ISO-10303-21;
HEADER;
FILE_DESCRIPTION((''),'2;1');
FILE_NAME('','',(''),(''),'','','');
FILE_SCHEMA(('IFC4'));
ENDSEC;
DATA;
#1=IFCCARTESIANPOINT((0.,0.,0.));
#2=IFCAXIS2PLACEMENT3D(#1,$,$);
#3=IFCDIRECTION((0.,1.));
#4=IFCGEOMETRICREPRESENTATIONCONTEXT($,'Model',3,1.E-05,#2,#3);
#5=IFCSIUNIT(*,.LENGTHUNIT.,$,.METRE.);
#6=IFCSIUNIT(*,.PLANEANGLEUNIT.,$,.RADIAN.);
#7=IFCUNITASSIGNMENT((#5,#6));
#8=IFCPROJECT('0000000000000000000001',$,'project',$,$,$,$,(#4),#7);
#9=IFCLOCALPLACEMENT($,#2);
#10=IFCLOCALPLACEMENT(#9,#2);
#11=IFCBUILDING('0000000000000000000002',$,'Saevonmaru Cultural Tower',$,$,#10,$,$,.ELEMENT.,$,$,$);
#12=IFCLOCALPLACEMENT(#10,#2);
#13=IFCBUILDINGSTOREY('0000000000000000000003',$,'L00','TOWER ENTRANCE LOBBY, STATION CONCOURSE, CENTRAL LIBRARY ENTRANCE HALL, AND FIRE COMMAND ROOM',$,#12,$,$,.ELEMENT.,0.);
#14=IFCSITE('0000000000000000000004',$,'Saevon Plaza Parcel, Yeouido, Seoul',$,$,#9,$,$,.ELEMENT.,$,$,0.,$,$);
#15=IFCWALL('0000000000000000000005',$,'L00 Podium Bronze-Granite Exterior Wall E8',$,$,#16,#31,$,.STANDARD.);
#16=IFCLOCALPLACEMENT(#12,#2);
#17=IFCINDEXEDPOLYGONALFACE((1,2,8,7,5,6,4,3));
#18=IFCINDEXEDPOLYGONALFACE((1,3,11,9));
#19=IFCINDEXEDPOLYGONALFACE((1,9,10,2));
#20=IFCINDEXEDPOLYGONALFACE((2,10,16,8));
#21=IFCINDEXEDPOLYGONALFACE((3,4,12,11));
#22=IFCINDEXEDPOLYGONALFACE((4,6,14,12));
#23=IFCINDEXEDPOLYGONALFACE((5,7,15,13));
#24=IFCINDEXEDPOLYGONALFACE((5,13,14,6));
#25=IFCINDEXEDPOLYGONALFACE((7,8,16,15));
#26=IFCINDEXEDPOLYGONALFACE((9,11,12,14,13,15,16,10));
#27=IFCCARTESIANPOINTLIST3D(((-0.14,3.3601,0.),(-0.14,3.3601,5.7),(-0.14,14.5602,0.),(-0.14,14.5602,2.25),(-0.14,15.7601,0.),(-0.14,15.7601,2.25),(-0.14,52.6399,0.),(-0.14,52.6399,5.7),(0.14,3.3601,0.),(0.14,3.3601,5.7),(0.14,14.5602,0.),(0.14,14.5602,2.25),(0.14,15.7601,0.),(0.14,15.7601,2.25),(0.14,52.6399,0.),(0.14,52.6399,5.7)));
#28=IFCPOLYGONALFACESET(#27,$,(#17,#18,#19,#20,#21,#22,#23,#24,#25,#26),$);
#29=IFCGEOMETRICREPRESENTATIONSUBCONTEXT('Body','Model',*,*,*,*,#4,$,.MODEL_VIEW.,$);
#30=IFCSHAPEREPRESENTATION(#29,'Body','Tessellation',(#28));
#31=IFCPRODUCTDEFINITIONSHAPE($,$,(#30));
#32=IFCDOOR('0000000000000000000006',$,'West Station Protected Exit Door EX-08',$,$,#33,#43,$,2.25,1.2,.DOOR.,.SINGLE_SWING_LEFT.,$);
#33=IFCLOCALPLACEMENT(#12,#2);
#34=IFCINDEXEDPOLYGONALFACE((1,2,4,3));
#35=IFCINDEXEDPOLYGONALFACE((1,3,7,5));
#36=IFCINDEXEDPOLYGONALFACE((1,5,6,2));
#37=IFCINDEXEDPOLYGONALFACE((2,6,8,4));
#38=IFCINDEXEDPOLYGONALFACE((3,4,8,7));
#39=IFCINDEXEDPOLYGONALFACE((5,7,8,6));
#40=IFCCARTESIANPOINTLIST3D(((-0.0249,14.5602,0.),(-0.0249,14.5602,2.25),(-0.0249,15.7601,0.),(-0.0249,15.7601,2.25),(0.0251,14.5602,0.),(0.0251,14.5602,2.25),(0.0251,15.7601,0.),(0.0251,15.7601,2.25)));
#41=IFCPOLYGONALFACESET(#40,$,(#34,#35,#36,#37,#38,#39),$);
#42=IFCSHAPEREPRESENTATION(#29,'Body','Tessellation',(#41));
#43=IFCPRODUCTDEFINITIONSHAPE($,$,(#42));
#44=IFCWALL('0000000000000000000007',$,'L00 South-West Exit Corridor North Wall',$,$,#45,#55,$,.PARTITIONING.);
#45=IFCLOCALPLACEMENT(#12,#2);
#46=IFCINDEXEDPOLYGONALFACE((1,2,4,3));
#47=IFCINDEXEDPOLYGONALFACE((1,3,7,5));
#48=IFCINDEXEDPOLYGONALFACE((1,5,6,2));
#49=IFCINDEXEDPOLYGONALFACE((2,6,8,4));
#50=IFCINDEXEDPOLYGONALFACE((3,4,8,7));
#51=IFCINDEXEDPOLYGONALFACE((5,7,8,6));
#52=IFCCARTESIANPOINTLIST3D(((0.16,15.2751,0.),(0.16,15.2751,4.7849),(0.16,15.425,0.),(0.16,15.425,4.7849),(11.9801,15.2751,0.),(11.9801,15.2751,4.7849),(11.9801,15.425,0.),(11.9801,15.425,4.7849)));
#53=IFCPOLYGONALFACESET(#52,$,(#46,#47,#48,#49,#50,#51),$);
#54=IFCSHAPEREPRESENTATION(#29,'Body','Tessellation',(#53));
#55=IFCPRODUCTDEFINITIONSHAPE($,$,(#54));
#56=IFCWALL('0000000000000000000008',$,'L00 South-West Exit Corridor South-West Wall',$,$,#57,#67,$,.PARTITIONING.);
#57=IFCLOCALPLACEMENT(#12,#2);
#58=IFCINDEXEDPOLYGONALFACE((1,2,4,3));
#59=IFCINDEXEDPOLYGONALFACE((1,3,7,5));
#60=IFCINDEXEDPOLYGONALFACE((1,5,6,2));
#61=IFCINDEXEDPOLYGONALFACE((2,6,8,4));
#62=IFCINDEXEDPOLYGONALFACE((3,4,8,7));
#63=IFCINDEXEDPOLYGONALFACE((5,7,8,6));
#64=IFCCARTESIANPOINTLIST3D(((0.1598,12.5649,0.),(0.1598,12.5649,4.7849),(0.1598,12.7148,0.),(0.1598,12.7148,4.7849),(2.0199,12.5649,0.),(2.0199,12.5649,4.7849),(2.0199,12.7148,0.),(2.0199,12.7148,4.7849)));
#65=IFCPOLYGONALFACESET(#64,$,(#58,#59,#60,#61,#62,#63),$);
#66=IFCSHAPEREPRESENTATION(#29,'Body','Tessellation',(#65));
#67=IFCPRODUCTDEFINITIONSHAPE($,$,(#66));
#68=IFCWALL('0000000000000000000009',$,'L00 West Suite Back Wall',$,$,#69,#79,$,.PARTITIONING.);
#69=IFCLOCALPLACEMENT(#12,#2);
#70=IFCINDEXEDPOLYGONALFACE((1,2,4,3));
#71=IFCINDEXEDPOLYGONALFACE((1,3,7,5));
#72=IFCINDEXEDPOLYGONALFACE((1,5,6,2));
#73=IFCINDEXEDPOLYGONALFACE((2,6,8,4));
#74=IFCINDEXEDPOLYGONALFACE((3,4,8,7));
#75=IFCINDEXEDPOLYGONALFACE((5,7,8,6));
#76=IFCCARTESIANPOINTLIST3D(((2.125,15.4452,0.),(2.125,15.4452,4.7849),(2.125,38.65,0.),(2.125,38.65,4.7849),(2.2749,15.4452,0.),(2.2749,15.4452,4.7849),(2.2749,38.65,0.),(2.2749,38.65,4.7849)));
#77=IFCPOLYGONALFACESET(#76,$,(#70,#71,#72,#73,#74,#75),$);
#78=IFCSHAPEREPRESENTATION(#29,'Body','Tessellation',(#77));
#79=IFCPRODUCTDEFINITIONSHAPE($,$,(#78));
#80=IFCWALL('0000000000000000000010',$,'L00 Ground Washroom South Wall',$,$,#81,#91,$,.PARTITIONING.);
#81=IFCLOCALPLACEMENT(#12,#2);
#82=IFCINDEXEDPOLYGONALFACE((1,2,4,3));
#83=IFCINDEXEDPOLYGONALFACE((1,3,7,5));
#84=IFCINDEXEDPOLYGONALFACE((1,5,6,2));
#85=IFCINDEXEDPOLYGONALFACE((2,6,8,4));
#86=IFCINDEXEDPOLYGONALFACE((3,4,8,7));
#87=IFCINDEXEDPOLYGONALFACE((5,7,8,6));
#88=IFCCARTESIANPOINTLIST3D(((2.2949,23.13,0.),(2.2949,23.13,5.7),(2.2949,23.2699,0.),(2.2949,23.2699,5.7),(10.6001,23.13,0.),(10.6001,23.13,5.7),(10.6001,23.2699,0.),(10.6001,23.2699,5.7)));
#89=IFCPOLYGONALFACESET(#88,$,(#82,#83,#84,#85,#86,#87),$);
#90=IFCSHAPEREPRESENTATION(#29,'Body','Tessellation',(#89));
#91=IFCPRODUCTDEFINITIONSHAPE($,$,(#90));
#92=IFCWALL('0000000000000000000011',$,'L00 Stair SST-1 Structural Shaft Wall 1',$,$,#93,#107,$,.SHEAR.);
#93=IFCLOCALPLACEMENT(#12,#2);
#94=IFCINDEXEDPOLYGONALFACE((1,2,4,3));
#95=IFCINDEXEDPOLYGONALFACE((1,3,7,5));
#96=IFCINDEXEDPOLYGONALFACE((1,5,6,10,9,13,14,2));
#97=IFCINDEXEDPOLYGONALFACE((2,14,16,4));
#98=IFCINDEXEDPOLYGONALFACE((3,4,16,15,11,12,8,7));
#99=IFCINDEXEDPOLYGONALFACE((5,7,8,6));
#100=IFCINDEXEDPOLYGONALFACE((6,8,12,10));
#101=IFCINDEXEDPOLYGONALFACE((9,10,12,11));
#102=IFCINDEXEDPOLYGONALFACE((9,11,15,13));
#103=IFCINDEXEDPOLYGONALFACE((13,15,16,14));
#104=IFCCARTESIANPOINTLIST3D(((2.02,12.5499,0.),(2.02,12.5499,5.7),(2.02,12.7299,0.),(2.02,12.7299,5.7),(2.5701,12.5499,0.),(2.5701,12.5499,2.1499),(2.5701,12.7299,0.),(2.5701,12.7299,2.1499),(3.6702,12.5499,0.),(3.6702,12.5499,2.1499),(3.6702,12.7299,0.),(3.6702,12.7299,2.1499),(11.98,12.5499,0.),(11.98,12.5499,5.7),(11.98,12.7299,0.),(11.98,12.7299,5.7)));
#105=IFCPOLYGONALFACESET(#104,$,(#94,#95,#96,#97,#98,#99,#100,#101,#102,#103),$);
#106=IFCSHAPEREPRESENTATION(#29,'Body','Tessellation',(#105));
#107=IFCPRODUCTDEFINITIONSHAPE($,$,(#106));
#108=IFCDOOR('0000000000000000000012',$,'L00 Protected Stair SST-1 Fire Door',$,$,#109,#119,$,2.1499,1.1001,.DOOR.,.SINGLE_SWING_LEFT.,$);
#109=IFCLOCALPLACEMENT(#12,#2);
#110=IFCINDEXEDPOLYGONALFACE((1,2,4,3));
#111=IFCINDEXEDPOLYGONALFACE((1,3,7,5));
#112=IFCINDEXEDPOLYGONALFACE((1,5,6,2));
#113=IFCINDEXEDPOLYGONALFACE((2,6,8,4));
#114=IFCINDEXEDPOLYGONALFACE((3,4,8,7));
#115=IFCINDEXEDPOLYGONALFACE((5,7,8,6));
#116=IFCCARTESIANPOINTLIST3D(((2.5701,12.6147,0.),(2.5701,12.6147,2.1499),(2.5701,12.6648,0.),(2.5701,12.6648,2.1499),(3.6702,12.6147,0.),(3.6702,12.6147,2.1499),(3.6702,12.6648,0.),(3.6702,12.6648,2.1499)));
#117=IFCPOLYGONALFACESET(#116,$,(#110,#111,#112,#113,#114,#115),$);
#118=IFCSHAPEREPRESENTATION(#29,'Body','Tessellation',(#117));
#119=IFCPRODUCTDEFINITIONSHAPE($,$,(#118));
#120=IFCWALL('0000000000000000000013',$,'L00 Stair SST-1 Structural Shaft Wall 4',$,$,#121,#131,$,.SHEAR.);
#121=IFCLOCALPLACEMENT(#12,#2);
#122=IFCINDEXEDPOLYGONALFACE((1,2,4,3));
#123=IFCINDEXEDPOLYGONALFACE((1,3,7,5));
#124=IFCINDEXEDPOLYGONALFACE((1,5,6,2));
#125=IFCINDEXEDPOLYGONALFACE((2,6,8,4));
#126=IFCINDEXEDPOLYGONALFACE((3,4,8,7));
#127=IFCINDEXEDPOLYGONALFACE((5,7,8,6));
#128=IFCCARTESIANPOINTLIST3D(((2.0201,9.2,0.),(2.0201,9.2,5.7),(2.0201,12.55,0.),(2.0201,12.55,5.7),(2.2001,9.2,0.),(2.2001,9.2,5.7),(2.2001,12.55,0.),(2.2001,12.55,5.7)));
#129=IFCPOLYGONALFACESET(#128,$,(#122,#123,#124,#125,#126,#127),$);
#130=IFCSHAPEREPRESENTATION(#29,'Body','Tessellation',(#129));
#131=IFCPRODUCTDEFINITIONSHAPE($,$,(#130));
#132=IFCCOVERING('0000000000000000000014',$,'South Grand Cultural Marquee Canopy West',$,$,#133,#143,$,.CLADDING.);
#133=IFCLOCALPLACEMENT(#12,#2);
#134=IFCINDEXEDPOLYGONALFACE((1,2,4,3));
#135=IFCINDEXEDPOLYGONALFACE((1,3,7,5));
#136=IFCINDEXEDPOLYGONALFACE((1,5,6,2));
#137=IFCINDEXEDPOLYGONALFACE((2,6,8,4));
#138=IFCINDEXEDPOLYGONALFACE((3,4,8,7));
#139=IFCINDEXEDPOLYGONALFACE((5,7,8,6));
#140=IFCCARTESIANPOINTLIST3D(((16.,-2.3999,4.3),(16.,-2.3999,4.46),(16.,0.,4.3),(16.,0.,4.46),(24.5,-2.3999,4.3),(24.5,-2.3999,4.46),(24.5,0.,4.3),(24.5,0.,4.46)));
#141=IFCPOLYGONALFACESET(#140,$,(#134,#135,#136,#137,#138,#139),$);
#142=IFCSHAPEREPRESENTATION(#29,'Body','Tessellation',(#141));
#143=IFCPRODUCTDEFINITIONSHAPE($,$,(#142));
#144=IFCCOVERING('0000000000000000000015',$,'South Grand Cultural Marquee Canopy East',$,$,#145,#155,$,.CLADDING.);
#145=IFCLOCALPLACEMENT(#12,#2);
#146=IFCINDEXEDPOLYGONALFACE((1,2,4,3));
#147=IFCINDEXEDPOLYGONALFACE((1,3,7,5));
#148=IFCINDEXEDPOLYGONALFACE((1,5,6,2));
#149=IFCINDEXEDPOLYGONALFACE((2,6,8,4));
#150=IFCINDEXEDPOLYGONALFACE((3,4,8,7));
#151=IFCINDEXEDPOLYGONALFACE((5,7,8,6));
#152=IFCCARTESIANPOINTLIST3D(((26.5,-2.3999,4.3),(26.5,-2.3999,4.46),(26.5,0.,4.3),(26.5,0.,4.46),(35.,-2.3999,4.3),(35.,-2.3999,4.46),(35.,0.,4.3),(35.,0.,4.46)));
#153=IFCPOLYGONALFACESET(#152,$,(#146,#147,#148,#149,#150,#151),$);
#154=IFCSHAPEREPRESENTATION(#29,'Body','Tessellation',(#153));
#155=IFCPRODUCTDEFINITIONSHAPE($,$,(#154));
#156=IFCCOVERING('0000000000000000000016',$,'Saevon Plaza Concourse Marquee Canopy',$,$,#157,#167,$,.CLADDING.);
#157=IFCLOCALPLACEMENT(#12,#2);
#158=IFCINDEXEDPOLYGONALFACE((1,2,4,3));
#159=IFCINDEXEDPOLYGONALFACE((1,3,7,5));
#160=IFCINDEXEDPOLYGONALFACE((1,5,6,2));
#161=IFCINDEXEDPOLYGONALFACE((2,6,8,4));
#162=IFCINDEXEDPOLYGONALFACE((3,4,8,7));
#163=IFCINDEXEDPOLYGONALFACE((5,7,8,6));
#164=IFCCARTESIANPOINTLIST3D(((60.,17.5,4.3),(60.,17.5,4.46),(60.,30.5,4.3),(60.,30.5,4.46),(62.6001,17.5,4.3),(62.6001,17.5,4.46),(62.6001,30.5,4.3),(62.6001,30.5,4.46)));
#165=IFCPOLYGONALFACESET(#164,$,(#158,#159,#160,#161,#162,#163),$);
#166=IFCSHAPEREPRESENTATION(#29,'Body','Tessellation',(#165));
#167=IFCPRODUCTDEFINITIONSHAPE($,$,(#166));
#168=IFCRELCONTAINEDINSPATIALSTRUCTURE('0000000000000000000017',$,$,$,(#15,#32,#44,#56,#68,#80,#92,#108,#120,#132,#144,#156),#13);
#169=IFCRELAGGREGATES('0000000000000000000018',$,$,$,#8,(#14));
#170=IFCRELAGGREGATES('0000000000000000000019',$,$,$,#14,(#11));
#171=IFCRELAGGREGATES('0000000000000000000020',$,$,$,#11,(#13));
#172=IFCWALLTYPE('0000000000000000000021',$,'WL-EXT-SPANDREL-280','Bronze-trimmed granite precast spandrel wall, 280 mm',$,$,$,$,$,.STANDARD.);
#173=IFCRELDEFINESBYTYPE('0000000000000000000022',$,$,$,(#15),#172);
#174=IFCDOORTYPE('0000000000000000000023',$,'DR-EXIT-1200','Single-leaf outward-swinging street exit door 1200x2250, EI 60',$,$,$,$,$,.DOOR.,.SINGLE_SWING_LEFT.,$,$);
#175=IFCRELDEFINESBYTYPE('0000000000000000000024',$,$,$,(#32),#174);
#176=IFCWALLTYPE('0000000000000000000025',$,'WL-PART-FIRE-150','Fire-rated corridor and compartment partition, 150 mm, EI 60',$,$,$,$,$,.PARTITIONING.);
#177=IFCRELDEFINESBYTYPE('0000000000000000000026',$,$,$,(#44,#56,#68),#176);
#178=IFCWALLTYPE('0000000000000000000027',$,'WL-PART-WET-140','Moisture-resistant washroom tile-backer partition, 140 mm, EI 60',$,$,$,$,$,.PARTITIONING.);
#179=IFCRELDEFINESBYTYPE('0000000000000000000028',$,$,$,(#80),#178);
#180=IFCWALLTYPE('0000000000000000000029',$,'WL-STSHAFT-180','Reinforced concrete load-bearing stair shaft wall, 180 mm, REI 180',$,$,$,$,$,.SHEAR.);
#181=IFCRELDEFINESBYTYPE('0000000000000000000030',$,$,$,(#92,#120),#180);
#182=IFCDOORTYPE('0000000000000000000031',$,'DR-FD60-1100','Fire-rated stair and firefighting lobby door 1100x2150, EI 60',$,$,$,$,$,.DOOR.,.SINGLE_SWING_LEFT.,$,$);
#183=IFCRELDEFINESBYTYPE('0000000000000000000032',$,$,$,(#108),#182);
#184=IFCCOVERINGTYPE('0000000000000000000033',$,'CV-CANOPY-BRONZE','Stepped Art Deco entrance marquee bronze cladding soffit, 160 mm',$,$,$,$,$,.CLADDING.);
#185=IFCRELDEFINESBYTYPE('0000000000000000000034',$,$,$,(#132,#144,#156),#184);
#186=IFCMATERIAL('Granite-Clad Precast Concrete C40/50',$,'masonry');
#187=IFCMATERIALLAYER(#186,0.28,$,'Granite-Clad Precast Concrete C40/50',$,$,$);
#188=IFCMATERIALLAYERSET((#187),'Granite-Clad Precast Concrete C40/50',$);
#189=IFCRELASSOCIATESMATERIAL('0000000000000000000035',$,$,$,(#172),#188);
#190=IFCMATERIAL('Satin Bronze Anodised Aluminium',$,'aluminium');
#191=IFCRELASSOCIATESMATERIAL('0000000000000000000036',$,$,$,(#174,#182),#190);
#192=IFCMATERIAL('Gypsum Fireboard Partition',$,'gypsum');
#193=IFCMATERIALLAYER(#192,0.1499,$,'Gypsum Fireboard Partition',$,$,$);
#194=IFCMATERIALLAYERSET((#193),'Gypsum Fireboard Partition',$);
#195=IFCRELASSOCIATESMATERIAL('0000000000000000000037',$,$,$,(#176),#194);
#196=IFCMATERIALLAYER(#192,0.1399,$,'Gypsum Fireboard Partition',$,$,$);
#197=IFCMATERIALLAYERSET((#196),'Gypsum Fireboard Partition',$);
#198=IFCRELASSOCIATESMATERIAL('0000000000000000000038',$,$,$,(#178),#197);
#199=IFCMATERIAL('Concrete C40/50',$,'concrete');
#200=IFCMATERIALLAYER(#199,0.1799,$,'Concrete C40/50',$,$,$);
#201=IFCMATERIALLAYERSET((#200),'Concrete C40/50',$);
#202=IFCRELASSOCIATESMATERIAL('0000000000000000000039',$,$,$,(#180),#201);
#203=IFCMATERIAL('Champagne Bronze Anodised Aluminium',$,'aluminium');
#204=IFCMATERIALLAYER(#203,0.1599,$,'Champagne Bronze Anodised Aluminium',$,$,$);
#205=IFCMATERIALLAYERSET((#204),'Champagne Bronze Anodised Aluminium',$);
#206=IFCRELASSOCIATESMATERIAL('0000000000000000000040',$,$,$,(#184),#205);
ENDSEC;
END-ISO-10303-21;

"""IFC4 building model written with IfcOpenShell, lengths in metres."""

from ifc_helpers import new_model, si_unit, direction, frame, frame_2d, origin, place, context, subcontext, project, spatial, polyline, rectangle, outline, extrude, material, layer, layer_set, type_object, element, fill, save


model = new_model("IFC4")

# Units and contexts
model_context = context("Model", 3, precision=1e-05, world=origin(), true_north=direction((0.0, 1.0)))
body_context = subcontext(model_context, "Body", "Model", "MODEL_VIEW")
ifc_project = project(units=[si_unit("LENGTHUNIT", "METRE"), si_unit("PLANEANGLEUNIT", "RADIAN")], contexts=[model_context])

# Site, building, storey
site_placement = place(None, origin())
site = spatial("IfcSite", under=ifc_project, at=site_placement, Name="Saevon Plaza Parcel, Yeouido, Seoul", CompositionType="ELEMENT", RefElevation=0.0)
building_placement = place(site_placement, origin())
building = spatial("IfcBuilding", under=site, at=building_placement, Name="Saevonmaru Cultural Tower", CompositionType="ELEMENT")
storey_placement = place(building_placement, origin())
storey = spatial("IfcBuildingStorey", under=building, at=storey_placement, Name="L00", Description="TOWER ENTRANCE LOBBY, STATION CONCOURSE, CENTRAL LIBRARY ENTRANCE HALL, AND FIRE COMMAND ROOM", CompositionType="ELEMENT", Elevation=0.0)

# Wall, opening, door
ifc_material_1 = material(Name="Granite-Clad Precast Concrete C40/50", Category="masonry")
ifc_layer_1 = layer(ifc_material_1, 0.28, Name="Granite-Clad Precast Concrete C40/50")
ifc_layer_set_1 = layer_set([ifc_layer_1], Name="Granite-Clad Precast Concrete C40/50")
wall_type_1 = type_object("IfcWallType", Name="WL-EXT-SPANDREL-280", Description="Bronze-trimmed granite precast spandrel wall, 280 mm", PredefinedType="STANDARD", material=ifc_layer_set_1)
wall_1_placement = place(storey_placement, frame((0.0, 3.3601, 0.0), z_axis=(0.0, 0.0, 1.0), x_axis=(0.0, 1.0, 0.0)))
wall_1 = element("IfcWall", 1, at=wall_1_placement, inside=storey, type_object=wall_type_1, Name="L00 Podium Bronze-Granite Exterior Wall E8", PredefinedType="STANDARD", context=body_context, shape_type="SweptSolid", body=[
    extrude(rectangle(XDim=49.2798, YDim=0.28, at=frame_2d((24.6399, 0.0))), origin(), (0.0, 0.0, 1.0), 5.7),
])
opening_1_placement = place(wall_1_placement, frame((11.2, 0.0, 0.0)))
opening_1 = element("IfcOpeningElement", 2, at=opening_1_placement, cuts=wall_1, PredefinedType="OPENING", context=body_context, shape_type="SweptSolid", body=[
    extrude(rectangle(XDim=1.2, YDim=2.25, at=frame_2d((0.6001, 1.125))), frame((0.0, 0.1499, 0.0), z_axis=(0.0, -1.0, 0.0), x_axis=(1.0, 0.0, 0.0)), (0.0, 0.0, 1.0), 0.3),
])
ifc_material_2 = material(Name="Satin Bronze Anodised Aluminium", Category="aluminium")
door_type_1 = type_object("IfcDoorType", Name="DR-EXIT-1200", Description="Single-leaf outward-swinging street exit door 1200x2250, EI 60", OperationType="SINGLE_SWING_LEFT", PredefinedType="DOOR", material=ifc_material_2)
door_1_placement = place(opening_1_placement, origin())
door_1 = element("IfcDoor", 3, at=door_1_placement, inside=storey, type_object=door_type_1, Name="West Station Protected Exit Door EX-08", OperationType="SINGLE_SWING_LEFT", OverallHeight=2.25, OverallWidth=1.2, PredefinedType="DOOR", context=body_context, shape_type="SweptSolid", body=[
    extrude(rectangle(XDim=1.2, YDim=2.25, at=frame_2d((0.6001, 1.125))), frame((0.0, 0.0249, 0.0), z_axis=(0.0, -1.0, 0.0), x_axis=(1.0, 0.0, 0.0)), (0.0, 0.0, 1.0), 0.05),
])
fill(opening_1, door_1)

# Walls
ifc_material_3 = material(Name="Gypsum Fireboard Partition", Category="gypsum")
ifc_layer_2 = layer(ifc_material_3, 0.1499, Name="Gypsum Fireboard Partition")
ifc_layer_set_2 = layer_set([ifc_layer_2], Name="Gypsum Fireboard Partition")
wall_type_2 = type_object("IfcWallType", Name="WL-PART-FIRE-150", Description="Fire-rated corridor and compartment partition, 150 mm, EI 60", PredefinedType="PARTITIONING", material=ifc_layer_set_2)
wall_2_placement = place(storey_placement, frame((0.1599, 15.3501, 0.0), z_axis=(0.0, 0.0, 1.0), x_axis=(1.0, 0.0, 0.0)))
element("IfcWall", 4, at=wall_2_placement, inside=storey, type_object=wall_type_2, Name="L00 South-West Exit Corridor North Wall", PredefinedType="PARTITIONING", context=body_context, shape_type="SweptSolid", body=[
    extrude(rectangle(XDim=11.8201, YDim=0.1499, at=frame_2d((5.9102, 0.0))), origin(), (0.0, 0.0, 1.0), 4.7849),
])
wall_3_placement = place(storey_placement, frame((2.02, 12.6399, 0.0), z_axis=(0.0, 0.0, 1.0), x_axis=(-1.0, 0.0, 0.0)))
element("IfcWall", 5, at=wall_3_placement, inside=storey, type_object=wall_type_2, Name="L00 South-West Exit Corridor South-West Wall", PredefinedType="PARTITIONING", context=body_context, shape_type="SweptSolid", body=[
    extrude(rectangle(XDim=1.8601, YDim=0.1499, at=frame_2d((0.9302, 0.0))), origin(), (0.0, 0.0, 1.0), 4.7849),
])
wall_4_placement = place(storey_placement, frame((2.2, 15.4451, 0.0), z_axis=(0.0, 0.0, 1.0), x_axis=(0.0, 1.0, 0.0)))
element("IfcWall", 6, at=wall_4_placement, inside=storey, type_object=wall_type_2, Name="L00 West Suite Back Wall", PredefinedType="PARTITIONING", context=body_context, shape_type="SweptSolid", body=[
    extrude(rectangle(XDim=23.2048, YDim=0.1499, at=frame_2d((11.6025, 0.0))), origin(), (0.0, 0.0, 1.0), 4.7849),
])
ifc_layer_3 = layer(ifc_material_3, 0.1399, Name="Gypsum Fireboard Partition")
ifc_layer_set_3 = layer_set([ifc_layer_3], Name="Gypsum Fireboard Partition")
wall_type_3 = type_object("IfcWallType", Name="WL-PART-WET-140", Description="Moisture-resistant washroom tile-backer partition, 140 mm, EI 60", PredefinedType="PARTITIONING", material=ifc_layer_set_3)
wall_5_placement = place(storey_placement, frame((2.2949, 23.2, 0.0), z_axis=(0.0, 0.0, 1.0), x_axis=(1.0, 0.0, 0.0)))
element("IfcWall", 7, at=wall_5_placement, inside=storey, type_object=wall_type_3, Name="L00 Ground Washroom South Wall", PredefinedType="PARTITIONING", context=body_context, shape_type="SweptSolid", body=[
    extrude(rectangle(XDim=8.3052, YDim=0.1399, at=frame_2d((4.1526, 0.0))), origin(), (0.0, 0.0, 1.0), 5.7),
])

# Wall, opening, door
ifc_material_4 = material(Name="Concrete C40/50", Category="concrete")
ifc_layer_4 = layer(ifc_material_4, 0.1799, Name="Concrete C40/50")
ifc_layer_set_4 = layer_set([ifc_layer_4], Name="Concrete C40/50")
wall_type_4 = type_object("IfcWallType", Name="WL-STSHAFT-180", Description="Reinforced concrete load-bearing stair shaft wall, 180 mm, REI 180", PredefinedType="SHEAR", material=ifc_layer_set_4)
wall_6_placement = place(storey_placement, frame((2.02, 12.6399, 0.0), z_axis=(0.0, 0.0, 1.0), x_axis=(1.0, 0.0, 0.0)))
wall_6 = element("IfcWall", 8, at=wall_6_placement, inside=storey, type_object=wall_type_4, Name="L00 Stair SST-1 Structural Shaft Wall 1", PredefinedType="SHEAR", context=body_context, shape_type="SweptSolid", body=[
    extrude(rectangle(XDim=9.96, YDim=0.1799, at=frame_2d((4.98, 0.0))), origin(), (0.0, 0.0, 1.0), 5.7),
])
opening_2_placement = place(wall_6_placement, frame((0.55, 0.0, 0.0)))
opening_2 = element("IfcOpeningElement", 9, at=opening_2_placement, cuts=wall_6, PredefinedType="OPENING", context=body_context, shape_type="SweptSolid", body=[
    extrude(rectangle(XDim=1.1001, YDim=2.1499, at=frame_2d((0.55, 1.075))), frame((0.0, 0.1001, 0.0), z_axis=(0.0, -1.0, 0.0), x_axis=(1.0, 0.0, 0.0)), (0.0, 0.0, 1.0), 0.2),
])
door_type_2 = type_object("IfcDoorType", Name="DR-FD60-1100", Description="Fire-rated stair and firefighting lobby door 1100x2150, EI 60", OperationType="SINGLE_SWING_LEFT", PredefinedType="DOOR", material=ifc_material_2)
door_2_placement = place(opening_2_placement, origin())
door_2 = element("IfcDoor", 10, at=door_2_placement, inside=storey, type_object=door_type_2, Name="L00 Protected Stair SST-1 Fire Door", OperationType="SINGLE_SWING_LEFT", OverallHeight=2.1499, OverallWidth=1.1001, PredefinedType="DOOR", context=body_context, shape_type="SweptSolid", body=[
    extrude(rectangle(XDim=1.1001, YDim=2.1499, at=frame_2d((0.55, 1.075))), frame((0.0, 0.0249, 0.0), z_axis=(0.0, -1.0, 0.0), x_axis=(1.0, 0.0, 0.0)), (0.0, 0.0, 1.0), 0.05),
])
fill(opening_2, door_2)

# Wall
wall_7_placement = place(storey_placement, frame((2.1101, 9.2, 0.0), z_axis=(0.0, 0.0, 1.0), x_axis=(0.0, 1.0, 0.0)))
element("IfcWall", 11, at=wall_7_placement, inside=storey, type_object=wall_type_4, Name="L00 Stair SST-1 Structural Shaft Wall 4", PredefinedType="SHEAR", context=body_context, shape_type="SweptSolid", body=[
    extrude(rectangle(XDim=3.3501, YDim=0.1799, at=frame_2d((1.675, 0.0))), origin(), (0.0, 0.0, 1.0), 5.7),
])

# Coverings
ifc_material_5 = material(Name="Champagne Bronze Anodised Aluminium", Category="aluminium")
ifc_layer_5 = layer(ifc_material_5, 0.1599, Name="Champagne Bronze Anodised Aluminium")
ifc_layer_set_5 = layer_set([ifc_layer_5], Name="Champagne Bronze Anodised Aluminium")
covering_type_1 = type_object("IfcCoveringType", Name="CV-CANOPY-BRONZE", Description="Stepped Art Deco entrance marquee bronze cladding soffit, 160 mm", PredefinedType="CLADDING", material=ifc_layer_set_5)
covering_1_placement = place(storey_placement, frame((0.0, 0.0, 4.3)))
element("IfcCovering", 12, at=covering_1_placement, inside=storey, type_object=covering_type_1, Name="South Grand Cultural Marquee Canopy West", PredefinedType="CLADDING", context=body_context, shape_type="SweptSolid", body=[
    extrude(outline(polyline([(16.0, -2.3999), (24.5, -2.3999), (24.5, 0.0), (16.0, 0.0), (16.0, -2.3999)])), origin(), (0.0, 0.0, 1.0), 0.1599),
])
covering_2_placement = place(storey_placement, frame((0.0, 0.0, 4.3)))
element("IfcCovering", 13, at=covering_2_placement, inside=storey, type_object=covering_type_1, Name="South Grand Cultural Marquee Canopy East", PredefinedType="CLADDING", context=body_context, shape_type="SweptSolid", body=[
    extrude(outline(polyline([(26.5, -2.3999), (35.0, -2.3999), (35.0, 0.0), (26.5, 0.0), (26.5, -2.3999)])), origin(), (0.0, 0.0, 1.0), 0.1599),
])
covering_3_placement = place(storey_placement, frame((0.0, 0.0, 4.3)))
element("IfcCovering", 14, at=covering_3_placement, inside=storey, type_object=covering_type_1, Name="Saevon Plaza Concourse Marquee Canopy", PredefinedType="CLADDING", context=body_context, shape_type="SweptSolid", body=[
    extrude(outline(polyline([(60.0, 17.5), (62.6001, 17.5), (62.6001, 30.5), (60.0, 30.5), (60.0, 17.5)])), origin(), (0.0, 0.0, 1.0), 0.1599),
])

save(model, "model.ifc")
